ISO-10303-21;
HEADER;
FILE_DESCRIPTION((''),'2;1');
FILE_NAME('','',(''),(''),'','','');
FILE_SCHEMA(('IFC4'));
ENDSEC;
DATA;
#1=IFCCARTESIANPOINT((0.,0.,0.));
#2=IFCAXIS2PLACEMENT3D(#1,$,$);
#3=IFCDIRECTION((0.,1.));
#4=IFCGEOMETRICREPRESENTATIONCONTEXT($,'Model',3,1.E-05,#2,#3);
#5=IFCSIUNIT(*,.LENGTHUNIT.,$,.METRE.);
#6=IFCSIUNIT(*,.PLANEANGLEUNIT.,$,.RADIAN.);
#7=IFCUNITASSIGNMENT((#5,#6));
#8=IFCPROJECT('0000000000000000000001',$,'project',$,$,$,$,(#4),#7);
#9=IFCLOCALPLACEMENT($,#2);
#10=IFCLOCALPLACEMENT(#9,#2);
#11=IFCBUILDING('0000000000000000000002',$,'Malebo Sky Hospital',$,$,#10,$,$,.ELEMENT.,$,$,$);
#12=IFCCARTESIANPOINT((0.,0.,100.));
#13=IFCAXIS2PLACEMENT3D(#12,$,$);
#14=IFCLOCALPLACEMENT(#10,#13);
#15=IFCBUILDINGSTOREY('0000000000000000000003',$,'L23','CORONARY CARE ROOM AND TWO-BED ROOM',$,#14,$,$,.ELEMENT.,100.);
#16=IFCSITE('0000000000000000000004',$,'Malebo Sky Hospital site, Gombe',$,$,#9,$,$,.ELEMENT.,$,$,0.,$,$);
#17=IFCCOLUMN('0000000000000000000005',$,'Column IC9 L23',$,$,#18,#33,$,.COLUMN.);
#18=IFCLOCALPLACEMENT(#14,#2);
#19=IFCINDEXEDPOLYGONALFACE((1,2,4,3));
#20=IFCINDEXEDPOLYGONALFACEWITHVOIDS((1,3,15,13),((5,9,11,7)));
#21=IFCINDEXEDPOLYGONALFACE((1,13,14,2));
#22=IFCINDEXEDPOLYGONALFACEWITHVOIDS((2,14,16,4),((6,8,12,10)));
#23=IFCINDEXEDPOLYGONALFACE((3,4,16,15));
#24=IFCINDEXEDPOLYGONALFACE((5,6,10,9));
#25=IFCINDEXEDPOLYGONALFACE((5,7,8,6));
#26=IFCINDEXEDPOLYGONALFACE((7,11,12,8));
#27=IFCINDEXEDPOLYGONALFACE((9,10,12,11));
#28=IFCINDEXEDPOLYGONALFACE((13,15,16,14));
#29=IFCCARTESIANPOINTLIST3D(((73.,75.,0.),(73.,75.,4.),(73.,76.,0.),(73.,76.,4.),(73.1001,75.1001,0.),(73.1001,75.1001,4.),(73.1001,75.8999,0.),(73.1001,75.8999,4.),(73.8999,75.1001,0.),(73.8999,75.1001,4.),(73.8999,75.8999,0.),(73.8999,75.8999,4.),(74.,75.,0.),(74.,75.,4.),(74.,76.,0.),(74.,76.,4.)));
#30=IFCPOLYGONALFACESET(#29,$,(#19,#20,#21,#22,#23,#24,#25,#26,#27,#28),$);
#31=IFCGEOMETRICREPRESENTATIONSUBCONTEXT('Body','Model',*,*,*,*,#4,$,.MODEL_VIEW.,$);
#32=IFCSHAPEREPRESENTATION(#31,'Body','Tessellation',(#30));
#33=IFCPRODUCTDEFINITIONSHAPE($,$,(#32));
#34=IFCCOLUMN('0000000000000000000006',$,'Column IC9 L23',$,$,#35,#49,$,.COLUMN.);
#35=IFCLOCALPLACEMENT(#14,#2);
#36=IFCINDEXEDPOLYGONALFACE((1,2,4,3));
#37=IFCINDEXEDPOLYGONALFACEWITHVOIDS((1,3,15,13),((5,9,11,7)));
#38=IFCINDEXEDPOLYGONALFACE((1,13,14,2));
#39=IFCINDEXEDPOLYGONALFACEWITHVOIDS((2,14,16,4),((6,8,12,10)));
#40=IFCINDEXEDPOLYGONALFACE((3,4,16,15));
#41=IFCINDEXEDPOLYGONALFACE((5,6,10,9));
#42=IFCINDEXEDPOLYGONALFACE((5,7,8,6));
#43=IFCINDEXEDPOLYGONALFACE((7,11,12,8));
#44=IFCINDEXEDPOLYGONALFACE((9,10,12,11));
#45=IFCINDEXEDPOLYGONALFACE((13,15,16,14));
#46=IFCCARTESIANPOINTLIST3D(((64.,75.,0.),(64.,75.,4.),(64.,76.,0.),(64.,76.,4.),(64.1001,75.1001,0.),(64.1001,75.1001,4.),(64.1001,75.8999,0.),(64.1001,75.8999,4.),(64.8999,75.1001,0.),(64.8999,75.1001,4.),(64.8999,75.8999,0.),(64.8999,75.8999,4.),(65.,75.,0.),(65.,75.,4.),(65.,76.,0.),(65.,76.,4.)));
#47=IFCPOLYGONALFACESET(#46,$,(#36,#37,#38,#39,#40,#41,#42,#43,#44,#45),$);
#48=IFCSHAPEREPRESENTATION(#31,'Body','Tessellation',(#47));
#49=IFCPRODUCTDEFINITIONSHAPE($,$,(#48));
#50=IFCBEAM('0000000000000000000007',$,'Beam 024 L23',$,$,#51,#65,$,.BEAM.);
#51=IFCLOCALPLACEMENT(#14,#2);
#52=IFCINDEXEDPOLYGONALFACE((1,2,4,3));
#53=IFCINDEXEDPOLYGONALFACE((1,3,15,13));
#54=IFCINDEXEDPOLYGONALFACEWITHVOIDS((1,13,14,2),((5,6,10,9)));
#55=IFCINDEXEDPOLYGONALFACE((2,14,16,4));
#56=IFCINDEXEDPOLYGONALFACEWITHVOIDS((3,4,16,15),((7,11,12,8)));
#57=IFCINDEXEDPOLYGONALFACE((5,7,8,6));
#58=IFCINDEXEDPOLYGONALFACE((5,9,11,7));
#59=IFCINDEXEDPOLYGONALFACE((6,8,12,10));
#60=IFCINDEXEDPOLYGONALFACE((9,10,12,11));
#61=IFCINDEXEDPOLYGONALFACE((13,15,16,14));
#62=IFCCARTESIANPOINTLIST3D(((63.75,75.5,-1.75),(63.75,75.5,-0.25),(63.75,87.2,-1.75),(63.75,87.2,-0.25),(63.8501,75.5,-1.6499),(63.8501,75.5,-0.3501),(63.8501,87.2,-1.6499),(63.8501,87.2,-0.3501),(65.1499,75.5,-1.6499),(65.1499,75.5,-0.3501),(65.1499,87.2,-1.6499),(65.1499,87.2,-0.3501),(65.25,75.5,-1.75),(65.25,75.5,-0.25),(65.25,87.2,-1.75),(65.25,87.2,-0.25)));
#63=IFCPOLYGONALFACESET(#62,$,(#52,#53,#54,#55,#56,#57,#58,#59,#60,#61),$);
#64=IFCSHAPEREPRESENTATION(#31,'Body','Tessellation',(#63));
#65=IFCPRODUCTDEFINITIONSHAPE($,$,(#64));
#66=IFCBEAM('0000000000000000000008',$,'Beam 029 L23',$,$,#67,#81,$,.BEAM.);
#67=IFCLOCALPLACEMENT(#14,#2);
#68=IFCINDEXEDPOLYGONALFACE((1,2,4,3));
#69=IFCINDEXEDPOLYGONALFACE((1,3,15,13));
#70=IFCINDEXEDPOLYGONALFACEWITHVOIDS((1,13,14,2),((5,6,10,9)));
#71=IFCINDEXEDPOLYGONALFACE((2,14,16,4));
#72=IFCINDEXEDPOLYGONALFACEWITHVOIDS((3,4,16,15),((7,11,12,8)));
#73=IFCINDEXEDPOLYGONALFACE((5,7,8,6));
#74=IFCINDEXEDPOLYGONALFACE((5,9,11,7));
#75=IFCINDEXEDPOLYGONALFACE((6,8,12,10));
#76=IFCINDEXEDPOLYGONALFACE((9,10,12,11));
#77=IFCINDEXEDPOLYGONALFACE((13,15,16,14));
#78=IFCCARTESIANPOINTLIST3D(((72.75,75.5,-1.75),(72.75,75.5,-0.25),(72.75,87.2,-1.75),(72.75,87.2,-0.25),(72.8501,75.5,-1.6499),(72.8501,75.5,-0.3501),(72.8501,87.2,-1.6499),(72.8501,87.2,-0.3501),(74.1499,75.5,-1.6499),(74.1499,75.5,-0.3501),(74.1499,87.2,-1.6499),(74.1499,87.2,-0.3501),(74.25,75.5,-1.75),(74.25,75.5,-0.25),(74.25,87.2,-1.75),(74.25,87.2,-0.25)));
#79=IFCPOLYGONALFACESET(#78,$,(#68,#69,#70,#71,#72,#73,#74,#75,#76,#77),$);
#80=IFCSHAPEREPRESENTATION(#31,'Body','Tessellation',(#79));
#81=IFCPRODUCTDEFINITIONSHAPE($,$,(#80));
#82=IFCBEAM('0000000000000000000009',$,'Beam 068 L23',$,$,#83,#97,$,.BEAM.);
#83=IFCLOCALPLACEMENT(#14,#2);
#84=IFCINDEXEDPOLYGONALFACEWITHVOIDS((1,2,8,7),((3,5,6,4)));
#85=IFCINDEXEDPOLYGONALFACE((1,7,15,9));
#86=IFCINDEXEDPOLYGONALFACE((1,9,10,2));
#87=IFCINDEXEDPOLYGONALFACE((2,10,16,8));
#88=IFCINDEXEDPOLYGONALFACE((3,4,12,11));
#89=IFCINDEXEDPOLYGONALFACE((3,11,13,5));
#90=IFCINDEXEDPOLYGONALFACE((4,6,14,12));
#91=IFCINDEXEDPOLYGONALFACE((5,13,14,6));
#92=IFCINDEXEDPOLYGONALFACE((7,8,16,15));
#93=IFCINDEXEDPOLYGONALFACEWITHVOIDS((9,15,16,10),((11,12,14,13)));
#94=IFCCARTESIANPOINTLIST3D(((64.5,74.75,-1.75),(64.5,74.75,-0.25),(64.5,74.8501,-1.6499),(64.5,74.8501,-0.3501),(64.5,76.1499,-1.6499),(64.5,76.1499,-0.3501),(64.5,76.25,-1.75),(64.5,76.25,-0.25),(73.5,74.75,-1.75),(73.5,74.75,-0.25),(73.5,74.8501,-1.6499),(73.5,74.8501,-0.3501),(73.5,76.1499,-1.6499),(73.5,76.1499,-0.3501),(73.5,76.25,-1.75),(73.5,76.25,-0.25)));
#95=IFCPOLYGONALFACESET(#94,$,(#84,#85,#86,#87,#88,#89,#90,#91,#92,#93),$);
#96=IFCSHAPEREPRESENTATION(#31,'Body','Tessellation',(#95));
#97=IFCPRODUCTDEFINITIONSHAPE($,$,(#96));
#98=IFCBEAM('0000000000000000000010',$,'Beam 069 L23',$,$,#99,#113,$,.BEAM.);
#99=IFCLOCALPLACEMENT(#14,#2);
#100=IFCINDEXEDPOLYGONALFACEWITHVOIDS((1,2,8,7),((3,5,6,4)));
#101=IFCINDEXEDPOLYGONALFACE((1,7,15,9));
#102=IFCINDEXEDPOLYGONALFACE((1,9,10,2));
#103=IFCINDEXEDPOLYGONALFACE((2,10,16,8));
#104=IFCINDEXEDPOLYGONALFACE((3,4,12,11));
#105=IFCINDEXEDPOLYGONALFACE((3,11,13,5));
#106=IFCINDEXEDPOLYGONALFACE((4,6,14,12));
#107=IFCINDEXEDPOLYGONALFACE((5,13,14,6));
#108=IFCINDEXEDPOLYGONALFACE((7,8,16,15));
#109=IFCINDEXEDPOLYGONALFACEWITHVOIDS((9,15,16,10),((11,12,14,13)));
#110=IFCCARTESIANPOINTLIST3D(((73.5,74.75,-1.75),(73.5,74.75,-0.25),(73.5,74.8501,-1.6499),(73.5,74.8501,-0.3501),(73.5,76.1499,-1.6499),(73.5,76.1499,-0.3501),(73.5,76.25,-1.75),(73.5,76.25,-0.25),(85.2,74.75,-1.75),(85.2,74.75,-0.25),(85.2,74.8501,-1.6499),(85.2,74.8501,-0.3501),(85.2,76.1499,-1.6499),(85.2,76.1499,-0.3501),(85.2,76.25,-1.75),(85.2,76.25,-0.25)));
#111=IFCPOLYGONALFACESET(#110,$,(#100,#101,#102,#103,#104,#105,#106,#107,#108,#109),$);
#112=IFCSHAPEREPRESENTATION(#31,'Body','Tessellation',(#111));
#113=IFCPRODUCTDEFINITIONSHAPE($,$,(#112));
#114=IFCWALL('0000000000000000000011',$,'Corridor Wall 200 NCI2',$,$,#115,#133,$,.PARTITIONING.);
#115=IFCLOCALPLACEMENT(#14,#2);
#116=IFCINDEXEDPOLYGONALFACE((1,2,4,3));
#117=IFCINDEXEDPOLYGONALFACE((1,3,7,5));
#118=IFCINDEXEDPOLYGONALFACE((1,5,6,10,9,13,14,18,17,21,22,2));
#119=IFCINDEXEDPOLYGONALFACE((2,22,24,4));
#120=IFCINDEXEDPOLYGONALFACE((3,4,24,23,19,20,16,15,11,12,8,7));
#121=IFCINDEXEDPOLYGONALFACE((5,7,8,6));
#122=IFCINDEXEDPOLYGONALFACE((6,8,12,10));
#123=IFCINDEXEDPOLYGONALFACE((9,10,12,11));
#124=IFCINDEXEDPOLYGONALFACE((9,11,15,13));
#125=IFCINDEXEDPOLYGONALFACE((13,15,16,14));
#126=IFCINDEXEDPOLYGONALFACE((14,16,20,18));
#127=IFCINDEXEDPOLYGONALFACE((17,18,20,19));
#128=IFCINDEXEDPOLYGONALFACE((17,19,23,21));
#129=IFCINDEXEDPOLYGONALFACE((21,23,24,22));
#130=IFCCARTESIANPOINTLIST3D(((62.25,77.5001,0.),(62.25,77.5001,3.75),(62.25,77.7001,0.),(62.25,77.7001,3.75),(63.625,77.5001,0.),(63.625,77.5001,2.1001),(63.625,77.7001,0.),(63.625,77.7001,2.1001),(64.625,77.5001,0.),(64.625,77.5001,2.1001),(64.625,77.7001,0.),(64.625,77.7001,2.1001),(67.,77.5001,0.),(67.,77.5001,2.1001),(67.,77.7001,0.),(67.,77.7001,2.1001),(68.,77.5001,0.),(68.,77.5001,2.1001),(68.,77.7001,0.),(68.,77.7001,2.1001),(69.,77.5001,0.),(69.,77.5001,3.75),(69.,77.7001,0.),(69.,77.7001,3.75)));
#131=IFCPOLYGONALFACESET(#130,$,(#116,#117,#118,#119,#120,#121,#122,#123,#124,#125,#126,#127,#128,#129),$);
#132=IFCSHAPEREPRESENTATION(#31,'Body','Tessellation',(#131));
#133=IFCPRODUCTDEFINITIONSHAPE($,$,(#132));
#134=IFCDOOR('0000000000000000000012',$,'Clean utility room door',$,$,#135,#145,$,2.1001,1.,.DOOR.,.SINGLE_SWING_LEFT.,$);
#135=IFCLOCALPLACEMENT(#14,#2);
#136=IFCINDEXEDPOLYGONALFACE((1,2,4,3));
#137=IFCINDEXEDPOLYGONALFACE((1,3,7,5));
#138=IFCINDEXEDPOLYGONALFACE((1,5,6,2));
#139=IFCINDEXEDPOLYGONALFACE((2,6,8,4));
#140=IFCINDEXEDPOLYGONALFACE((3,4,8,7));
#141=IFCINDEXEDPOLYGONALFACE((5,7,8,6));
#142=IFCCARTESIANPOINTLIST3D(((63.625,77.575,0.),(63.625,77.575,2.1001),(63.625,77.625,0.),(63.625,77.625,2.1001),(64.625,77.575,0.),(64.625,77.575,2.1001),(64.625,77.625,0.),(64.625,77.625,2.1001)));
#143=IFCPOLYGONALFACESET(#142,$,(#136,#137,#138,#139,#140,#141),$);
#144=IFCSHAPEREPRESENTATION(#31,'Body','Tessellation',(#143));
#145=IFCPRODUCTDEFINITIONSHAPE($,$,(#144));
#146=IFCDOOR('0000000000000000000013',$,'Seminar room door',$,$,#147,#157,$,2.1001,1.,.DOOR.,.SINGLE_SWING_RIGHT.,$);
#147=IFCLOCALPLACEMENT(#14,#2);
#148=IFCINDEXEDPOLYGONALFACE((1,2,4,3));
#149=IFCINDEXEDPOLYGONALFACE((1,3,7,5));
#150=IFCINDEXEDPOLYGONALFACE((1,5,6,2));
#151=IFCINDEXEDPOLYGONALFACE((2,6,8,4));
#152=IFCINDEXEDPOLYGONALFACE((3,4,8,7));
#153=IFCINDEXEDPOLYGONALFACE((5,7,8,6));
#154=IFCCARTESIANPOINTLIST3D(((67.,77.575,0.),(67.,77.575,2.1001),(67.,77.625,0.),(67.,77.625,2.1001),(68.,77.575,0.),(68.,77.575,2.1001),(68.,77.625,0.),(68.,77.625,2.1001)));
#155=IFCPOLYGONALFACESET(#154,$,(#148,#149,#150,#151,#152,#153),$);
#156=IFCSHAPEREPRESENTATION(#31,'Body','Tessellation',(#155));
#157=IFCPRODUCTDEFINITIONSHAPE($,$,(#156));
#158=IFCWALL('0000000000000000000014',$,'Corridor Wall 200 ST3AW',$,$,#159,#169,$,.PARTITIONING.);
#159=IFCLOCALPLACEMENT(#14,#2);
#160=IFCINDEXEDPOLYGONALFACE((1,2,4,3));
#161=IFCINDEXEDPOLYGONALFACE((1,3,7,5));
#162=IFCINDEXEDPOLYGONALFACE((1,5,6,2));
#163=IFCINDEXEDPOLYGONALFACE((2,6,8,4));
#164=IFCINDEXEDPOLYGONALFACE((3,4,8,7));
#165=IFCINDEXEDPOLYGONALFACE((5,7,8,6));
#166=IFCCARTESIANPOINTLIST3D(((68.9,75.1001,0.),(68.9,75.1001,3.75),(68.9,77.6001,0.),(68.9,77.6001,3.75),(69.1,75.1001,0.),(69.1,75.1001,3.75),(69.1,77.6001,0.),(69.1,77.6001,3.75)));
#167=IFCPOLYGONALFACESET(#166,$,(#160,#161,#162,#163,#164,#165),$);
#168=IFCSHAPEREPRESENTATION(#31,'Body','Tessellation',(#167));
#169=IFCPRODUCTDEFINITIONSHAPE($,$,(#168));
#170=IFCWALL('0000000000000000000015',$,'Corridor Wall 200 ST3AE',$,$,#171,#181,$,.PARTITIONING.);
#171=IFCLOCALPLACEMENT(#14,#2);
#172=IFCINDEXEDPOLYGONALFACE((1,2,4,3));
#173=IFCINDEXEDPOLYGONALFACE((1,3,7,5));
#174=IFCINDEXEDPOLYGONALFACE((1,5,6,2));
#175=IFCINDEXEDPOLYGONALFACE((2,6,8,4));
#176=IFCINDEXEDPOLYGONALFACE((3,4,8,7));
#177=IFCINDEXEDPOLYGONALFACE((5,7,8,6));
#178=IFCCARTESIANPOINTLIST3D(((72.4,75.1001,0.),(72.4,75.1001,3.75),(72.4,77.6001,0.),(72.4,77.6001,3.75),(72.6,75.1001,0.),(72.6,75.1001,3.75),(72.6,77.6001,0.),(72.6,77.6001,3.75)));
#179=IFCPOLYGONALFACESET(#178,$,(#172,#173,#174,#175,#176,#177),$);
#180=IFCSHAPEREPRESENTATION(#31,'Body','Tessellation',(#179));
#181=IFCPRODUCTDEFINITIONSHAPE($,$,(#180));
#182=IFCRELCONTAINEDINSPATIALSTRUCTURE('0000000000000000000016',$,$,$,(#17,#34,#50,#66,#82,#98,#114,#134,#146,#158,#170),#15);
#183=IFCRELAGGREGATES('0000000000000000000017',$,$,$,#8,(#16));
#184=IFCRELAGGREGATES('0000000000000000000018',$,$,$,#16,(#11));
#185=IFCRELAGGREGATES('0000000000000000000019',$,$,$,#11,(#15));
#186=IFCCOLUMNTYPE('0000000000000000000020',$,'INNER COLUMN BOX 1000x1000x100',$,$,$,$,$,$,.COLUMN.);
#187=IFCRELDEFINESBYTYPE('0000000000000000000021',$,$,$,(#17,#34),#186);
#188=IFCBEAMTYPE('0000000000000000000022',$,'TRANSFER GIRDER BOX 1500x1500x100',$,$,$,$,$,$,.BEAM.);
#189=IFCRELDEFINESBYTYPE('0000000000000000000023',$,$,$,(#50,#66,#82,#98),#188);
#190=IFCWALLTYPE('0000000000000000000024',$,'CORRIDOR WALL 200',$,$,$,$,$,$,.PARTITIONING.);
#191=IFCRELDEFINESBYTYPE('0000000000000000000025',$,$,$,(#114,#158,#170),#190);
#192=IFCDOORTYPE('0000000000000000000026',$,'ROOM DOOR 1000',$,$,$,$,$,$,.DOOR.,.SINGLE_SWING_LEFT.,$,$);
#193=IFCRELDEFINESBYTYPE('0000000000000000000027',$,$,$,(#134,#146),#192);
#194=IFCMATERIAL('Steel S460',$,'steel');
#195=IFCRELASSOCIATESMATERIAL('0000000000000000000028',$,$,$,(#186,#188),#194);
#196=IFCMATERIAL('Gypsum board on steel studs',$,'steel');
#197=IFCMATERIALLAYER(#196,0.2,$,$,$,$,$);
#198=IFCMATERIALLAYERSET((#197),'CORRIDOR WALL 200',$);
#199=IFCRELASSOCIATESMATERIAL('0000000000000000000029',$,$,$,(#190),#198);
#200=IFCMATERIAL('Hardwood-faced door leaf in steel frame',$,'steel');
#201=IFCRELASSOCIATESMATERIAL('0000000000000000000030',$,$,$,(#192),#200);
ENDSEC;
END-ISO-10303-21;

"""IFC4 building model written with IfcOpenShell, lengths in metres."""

from ifc_helpers import new_model, si_unit, direction, frame, frame_2d, origin, origin_2d, place, context, subcontext, project, spatial, rectangle, hollow_rectangle, extrude, material, layer, layer_set, material_profile, profile_set, type_object, element, fill, save


model = new_model("IFC4")

# Units and contexts
model_context = context("Model", 3, precision=1e-05, world=origin(), true_north=direction((0.0, 1.0)))
body_context = subcontext(model_context, "Body", "Model", "MODEL_VIEW")
ifc_project = project(units=[si_unit("LENGTHUNIT", "METRE"), si_unit("PLANEANGLEUNIT", "RADIAN")], contexts=[model_context])

# Site, building, storey
site_placement = place(None, origin())
site = spatial("IfcSite", under=ifc_project, at=site_placement, Name="Malebo Sky Hospital site, Gombe", CompositionType="ELEMENT", RefElevation=0.0)
building_placement = place(site_placement, origin())
building = spatial("IfcBuilding", under=site, at=building_placement, Name="Malebo Sky Hospital", CompositionType="ELEMENT")
storey_placement = place(building_placement, frame((0.0, 0.0, 100.0)))
storey = spatial("IfcBuildingStorey", under=building, at=storey_placement, Name="L23", Description="CORONARY CARE ROOM AND TWO-BED ROOM", CompositionType="ELEMENT", Elevation=100.0)

# Columns
ifc_material_1 = material(Name="Steel S460", Category="steel")
ifc_material_profile_1 = material_profile(ifc_material_1, hollow_rectangle(XDim=1.0, YDim=1.0, WallThickness=0.1001, at=origin_2d()), Name="BOX 1000x1000x100")
ifc_profile_set_1 = profile_set([ifc_material_profile_1], Name="Steel S460")
column_type = type_object("IfcColumnType", Name="INNER COLUMN BOX 1000x1000x100", PredefinedType="COLUMN", material=ifc_profile_set_1)
for number, where, z_axis, x_axis, name in (
    (1, (73.5, 75.5, 0.0), (0.0, 0.0, 1.0), (1.0, 0.0, 0.0), "Column IC9 L23"),
    (2, (64.5, 75.5, 0.0), (0.0, 0.0, 1.0), (1.0, 0.0, 0.0), "Column IC9 L23"),
):
    element("IfcColumn", number, at=place(storey_placement, frame(where, z_axis=z_axis, x_axis=x_axis)), inside=storey, type_object=column_type, Name=name, PredefinedType="COLUMN", context=body_context, shape_type="SweptSolid", body=[
        extrude(hollow_rectangle(XDim=1.0, YDim=1.0, WallThickness=0.1001, at=origin_2d()), origin(), (0.0, 0.0, 1.0), 4.0),
    ])

# Beams
ifc_material_profile_2 = material_profile(ifc_material_1, hollow_rectangle(XDim=1.5, YDim=1.5, WallThickness=0.1001, at=origin_2d()), Name="BOX 1500x1500x100")
ifc_profile_set_2 = profile_set([ifc_material_profile_2], Name="Steel S460")
beam_type = type_object("IfcBeamType", Name="TRANSFER GIRDER BOX 1500x1500x100", PredefinedType="BEAM", material=ifc_profile_set_2)
for number, where, z_axis, x_axis, name in (
    (3, (64.5, 75.5, -1.0), (0.0, 1.0, 0.0), (-1.0, 0.0, 0.0), "Beam 024 L23"),
    (4, (73.5, 75.5, -1.0), (0.0, 1.0, 0.0), (-1.0, 0.0, 0.0), "Beam 029 L23"),
):
    element("IfcBeam", number, at=place(storey_placement, frame(where, z_axis=z_axis, x_axis=x_axis)), inside=storey, type_object=beam_type, Name=name, PredefinedType="BEAM", context=body_context, shape_type="SweptSolid", body=[
        extrude(hollow_rectangle(XDim=1.5, YDim=1.5, WallThickness=0.1001, at=origin_2d()), origin(), (0.0, 0.0, 1.0), 11.7),
    ])
beam_1_placement = place(storey_placement, frame((64.5, 75.5, -1.0), z_axis=(1.0, 0.0, 0.0), x_axis=(0.0, 1.0, 0.0)))
element("IfcBeam", 5, at=beam_1_placement, inside=storey, type_object=beam_type, Name="Beam 068 L23", PredefinedType="BEAM", context=body_context, shape_type="SweptSolid", body=[
    extrude(hollow_rectangle(XDim=1.5, YDim=1.5, WallThickness=0.1001, at=origin_2d()), origin(), (0.0, 0.0, 1.0), 9.0),
])
beam_2_placement = place(storey_placement, frame((73.5, 75.5, -1.0), z_axis=(1.0, 0.0, 0.0), x_axis=(0.0, 1.0, 0.0)))
element("IfcBeam", 6, at=beam_2_placement, inside=storey, type_object=beam_type, Name="Beam 069 L23", PredefinedType="BEAM", context=body_context, shape_type="SweptSolid", body=[
    extrude(hollow_rectangle(XDim=1.5, YDim=1.5, WallThickness=0.1001, at=origin_2d()), origin(), (0.0, 0.0, 1.0), 11.7),
])

# Wall, openings, doors
ifc_material_2 = material(Name="Gypsum board on steel studs", Category="steel")
ifc_layer_1 = layer(ifc_material_2, 0.2)
ifc_layer_set_1 = layer_set([ifc_layer_1], Name="CORRIDOR WALL 200")
wall_type_1 = type_object("IfcWallType", Name="CORRIDOR WALL 200", PredefinedType="PARTITIONING", material=ifc_layer_set_1)
wall_1_placement = place(storey_placement, frame((62.25, 77.6001, 0.0), z_axis=(0.0, 0.0, 1.0), x_axis=(1.0, 0.0, 0.0)))
wall_1 = element("IfcWall", 7, at=wall_1_placement, inside=storey, type_object=wall_type_1, Name="Corridor Wall 200 NCI2", PredefinedType="PARTITIONING", context=body_context, shape_type="SweptSolid", body=[
    extrude(rectangle(XDim=6.75, YDim=0.2, at=frame_2d((3.375, 0.0))), origin(), (0.0, 0.0, 1.0), 3.75),
])
opening_1_placement = place(wall_1_placement, frame((1.375, 0.0, 0.0)))
opening_1 = element("IfcOpeningElement", 8, at=opening_1_placement, cuts=wall_1, PredefinedType="OPENING", context=body_context, shape_type="SweptSolid", body=[
    extrude(rectangle(XDim=1.0, YDim=2.1001, at=frame_2d((0.5, 1.05))), frame((0.0, 0.1099, 0.0), z_axis=(0.0, -1.0, 0.0), x_axis=(1.0, 0.0, 0.0)), (0.0, 0.0, 1.0), 0.22),
])
opening_2_placement = place(wall_1_placement, frame((4.75, 0.0, 0.0)))
opening_2 = element("IfcOpeningElement", 9, at=opening_2_placement, cuts=wall_1, PredefinedType="OPENING", context=body_context, shape_type="SweptSolid", body=[
    extrude(rectangle(XDim=1.0, YDim=2.1001, at=frame_2d((0.5, 1.05))), frame((0.0, 0.1099, 0.0), z_axis=(0.0, -1.0, 0.0), x_axis=(1.0, 0.0, 0.0)), (0.0, 0.0, 1.0), 0.22),
])
ifc_material_3 = material(Name="Hardwood-faced door leaf in steel frame", Category="steel")
door_type_1 = type_object("IfcDoorType", Name="ROOM DOOR 1000", OperationType="SINGLE_SWING_LEFT", PredefinedType="DOOR", material=ifc_material_3)
door_1_placement = place(opening_1_placement, origin())
door_1 = element("IfcDoor", 10, at=door_1_placement, inside=storey, type_object=door_type_1, Name="Clean utility room door", OperationType="SINGLE_SWING_LEFT", OverallHeight=2.1001, OverallWidth=1.0, PredefinedType="DOOR", context=body_context, shape_type="SweptSolid", body=[
    extrude(rectangle(XDim=1.0, YDim=2.1001, at=frame_2d((0.5, 1.05))), frame((0.0, 0.0249, 0.0), z_axis=(0.0, -1.0, 0.0), x_axis=(1.0, 0.0, 0.0)), (0.0, 0.0, 1.0), 0.05),
])
fill(opening_1, door_1)
door_2_placement = place(opening_2_placement, origin())
door_2 = element("IfcDoor", 11, at=door_2_placement, inside=storey, type_object=door_type_1, Name="Seminar room door", OperationType="SINGLE_SWING_RIGHT", OverallHeight=2.1001, OverallWidth=1.0, PredefinedType="DOOR", context=body_context, shape_type="SweptSolid", body=[
    extrude(rectangle(XDim=1.0, YDim=2.1001, at=frame_2d((0.5, 1.05))), frame((0.0, 0.0249, 0.0), z_axis=(0.0, -1.0, 0.0), x_axis=(1.0, 0.0, 0.0)), (0.0, 0.0, 1.0), 0.05),
])
fill(opening_2, door_2)

# Walls
for number, where, z_axis, x_axis, name in (
    (12, (69.0, 75.1001, 0.0), (0.0, 0.0, 1.0), (0.0, 1.0, 0.0), "Corridor Wall 200 ST3AW"),
    (13, (72.5, 75.1001, 0.0), (0.0, 0.0, 1.0), (0.0, 1.0, 0.0), "Corridor Wall 200 ST3AE"),
):
    element("IfcWall", number, at=place(storey_placement, frame(where, z_axis=z_axis, x_axis=x_axis)), inside=storey, type_object=wall_type_1, Name=name, PredefinedType="PARTITIONING", context=body_context, shape_type="SweptSolid", body=[
        extrude(rectangle(XDim=2.5, YDim=0.2, at=frame_2d((1.25, 0.0))), origin(), (0.0, 0.0, 1.0), 3.75),
    ])

save(model, "model.ifc")
